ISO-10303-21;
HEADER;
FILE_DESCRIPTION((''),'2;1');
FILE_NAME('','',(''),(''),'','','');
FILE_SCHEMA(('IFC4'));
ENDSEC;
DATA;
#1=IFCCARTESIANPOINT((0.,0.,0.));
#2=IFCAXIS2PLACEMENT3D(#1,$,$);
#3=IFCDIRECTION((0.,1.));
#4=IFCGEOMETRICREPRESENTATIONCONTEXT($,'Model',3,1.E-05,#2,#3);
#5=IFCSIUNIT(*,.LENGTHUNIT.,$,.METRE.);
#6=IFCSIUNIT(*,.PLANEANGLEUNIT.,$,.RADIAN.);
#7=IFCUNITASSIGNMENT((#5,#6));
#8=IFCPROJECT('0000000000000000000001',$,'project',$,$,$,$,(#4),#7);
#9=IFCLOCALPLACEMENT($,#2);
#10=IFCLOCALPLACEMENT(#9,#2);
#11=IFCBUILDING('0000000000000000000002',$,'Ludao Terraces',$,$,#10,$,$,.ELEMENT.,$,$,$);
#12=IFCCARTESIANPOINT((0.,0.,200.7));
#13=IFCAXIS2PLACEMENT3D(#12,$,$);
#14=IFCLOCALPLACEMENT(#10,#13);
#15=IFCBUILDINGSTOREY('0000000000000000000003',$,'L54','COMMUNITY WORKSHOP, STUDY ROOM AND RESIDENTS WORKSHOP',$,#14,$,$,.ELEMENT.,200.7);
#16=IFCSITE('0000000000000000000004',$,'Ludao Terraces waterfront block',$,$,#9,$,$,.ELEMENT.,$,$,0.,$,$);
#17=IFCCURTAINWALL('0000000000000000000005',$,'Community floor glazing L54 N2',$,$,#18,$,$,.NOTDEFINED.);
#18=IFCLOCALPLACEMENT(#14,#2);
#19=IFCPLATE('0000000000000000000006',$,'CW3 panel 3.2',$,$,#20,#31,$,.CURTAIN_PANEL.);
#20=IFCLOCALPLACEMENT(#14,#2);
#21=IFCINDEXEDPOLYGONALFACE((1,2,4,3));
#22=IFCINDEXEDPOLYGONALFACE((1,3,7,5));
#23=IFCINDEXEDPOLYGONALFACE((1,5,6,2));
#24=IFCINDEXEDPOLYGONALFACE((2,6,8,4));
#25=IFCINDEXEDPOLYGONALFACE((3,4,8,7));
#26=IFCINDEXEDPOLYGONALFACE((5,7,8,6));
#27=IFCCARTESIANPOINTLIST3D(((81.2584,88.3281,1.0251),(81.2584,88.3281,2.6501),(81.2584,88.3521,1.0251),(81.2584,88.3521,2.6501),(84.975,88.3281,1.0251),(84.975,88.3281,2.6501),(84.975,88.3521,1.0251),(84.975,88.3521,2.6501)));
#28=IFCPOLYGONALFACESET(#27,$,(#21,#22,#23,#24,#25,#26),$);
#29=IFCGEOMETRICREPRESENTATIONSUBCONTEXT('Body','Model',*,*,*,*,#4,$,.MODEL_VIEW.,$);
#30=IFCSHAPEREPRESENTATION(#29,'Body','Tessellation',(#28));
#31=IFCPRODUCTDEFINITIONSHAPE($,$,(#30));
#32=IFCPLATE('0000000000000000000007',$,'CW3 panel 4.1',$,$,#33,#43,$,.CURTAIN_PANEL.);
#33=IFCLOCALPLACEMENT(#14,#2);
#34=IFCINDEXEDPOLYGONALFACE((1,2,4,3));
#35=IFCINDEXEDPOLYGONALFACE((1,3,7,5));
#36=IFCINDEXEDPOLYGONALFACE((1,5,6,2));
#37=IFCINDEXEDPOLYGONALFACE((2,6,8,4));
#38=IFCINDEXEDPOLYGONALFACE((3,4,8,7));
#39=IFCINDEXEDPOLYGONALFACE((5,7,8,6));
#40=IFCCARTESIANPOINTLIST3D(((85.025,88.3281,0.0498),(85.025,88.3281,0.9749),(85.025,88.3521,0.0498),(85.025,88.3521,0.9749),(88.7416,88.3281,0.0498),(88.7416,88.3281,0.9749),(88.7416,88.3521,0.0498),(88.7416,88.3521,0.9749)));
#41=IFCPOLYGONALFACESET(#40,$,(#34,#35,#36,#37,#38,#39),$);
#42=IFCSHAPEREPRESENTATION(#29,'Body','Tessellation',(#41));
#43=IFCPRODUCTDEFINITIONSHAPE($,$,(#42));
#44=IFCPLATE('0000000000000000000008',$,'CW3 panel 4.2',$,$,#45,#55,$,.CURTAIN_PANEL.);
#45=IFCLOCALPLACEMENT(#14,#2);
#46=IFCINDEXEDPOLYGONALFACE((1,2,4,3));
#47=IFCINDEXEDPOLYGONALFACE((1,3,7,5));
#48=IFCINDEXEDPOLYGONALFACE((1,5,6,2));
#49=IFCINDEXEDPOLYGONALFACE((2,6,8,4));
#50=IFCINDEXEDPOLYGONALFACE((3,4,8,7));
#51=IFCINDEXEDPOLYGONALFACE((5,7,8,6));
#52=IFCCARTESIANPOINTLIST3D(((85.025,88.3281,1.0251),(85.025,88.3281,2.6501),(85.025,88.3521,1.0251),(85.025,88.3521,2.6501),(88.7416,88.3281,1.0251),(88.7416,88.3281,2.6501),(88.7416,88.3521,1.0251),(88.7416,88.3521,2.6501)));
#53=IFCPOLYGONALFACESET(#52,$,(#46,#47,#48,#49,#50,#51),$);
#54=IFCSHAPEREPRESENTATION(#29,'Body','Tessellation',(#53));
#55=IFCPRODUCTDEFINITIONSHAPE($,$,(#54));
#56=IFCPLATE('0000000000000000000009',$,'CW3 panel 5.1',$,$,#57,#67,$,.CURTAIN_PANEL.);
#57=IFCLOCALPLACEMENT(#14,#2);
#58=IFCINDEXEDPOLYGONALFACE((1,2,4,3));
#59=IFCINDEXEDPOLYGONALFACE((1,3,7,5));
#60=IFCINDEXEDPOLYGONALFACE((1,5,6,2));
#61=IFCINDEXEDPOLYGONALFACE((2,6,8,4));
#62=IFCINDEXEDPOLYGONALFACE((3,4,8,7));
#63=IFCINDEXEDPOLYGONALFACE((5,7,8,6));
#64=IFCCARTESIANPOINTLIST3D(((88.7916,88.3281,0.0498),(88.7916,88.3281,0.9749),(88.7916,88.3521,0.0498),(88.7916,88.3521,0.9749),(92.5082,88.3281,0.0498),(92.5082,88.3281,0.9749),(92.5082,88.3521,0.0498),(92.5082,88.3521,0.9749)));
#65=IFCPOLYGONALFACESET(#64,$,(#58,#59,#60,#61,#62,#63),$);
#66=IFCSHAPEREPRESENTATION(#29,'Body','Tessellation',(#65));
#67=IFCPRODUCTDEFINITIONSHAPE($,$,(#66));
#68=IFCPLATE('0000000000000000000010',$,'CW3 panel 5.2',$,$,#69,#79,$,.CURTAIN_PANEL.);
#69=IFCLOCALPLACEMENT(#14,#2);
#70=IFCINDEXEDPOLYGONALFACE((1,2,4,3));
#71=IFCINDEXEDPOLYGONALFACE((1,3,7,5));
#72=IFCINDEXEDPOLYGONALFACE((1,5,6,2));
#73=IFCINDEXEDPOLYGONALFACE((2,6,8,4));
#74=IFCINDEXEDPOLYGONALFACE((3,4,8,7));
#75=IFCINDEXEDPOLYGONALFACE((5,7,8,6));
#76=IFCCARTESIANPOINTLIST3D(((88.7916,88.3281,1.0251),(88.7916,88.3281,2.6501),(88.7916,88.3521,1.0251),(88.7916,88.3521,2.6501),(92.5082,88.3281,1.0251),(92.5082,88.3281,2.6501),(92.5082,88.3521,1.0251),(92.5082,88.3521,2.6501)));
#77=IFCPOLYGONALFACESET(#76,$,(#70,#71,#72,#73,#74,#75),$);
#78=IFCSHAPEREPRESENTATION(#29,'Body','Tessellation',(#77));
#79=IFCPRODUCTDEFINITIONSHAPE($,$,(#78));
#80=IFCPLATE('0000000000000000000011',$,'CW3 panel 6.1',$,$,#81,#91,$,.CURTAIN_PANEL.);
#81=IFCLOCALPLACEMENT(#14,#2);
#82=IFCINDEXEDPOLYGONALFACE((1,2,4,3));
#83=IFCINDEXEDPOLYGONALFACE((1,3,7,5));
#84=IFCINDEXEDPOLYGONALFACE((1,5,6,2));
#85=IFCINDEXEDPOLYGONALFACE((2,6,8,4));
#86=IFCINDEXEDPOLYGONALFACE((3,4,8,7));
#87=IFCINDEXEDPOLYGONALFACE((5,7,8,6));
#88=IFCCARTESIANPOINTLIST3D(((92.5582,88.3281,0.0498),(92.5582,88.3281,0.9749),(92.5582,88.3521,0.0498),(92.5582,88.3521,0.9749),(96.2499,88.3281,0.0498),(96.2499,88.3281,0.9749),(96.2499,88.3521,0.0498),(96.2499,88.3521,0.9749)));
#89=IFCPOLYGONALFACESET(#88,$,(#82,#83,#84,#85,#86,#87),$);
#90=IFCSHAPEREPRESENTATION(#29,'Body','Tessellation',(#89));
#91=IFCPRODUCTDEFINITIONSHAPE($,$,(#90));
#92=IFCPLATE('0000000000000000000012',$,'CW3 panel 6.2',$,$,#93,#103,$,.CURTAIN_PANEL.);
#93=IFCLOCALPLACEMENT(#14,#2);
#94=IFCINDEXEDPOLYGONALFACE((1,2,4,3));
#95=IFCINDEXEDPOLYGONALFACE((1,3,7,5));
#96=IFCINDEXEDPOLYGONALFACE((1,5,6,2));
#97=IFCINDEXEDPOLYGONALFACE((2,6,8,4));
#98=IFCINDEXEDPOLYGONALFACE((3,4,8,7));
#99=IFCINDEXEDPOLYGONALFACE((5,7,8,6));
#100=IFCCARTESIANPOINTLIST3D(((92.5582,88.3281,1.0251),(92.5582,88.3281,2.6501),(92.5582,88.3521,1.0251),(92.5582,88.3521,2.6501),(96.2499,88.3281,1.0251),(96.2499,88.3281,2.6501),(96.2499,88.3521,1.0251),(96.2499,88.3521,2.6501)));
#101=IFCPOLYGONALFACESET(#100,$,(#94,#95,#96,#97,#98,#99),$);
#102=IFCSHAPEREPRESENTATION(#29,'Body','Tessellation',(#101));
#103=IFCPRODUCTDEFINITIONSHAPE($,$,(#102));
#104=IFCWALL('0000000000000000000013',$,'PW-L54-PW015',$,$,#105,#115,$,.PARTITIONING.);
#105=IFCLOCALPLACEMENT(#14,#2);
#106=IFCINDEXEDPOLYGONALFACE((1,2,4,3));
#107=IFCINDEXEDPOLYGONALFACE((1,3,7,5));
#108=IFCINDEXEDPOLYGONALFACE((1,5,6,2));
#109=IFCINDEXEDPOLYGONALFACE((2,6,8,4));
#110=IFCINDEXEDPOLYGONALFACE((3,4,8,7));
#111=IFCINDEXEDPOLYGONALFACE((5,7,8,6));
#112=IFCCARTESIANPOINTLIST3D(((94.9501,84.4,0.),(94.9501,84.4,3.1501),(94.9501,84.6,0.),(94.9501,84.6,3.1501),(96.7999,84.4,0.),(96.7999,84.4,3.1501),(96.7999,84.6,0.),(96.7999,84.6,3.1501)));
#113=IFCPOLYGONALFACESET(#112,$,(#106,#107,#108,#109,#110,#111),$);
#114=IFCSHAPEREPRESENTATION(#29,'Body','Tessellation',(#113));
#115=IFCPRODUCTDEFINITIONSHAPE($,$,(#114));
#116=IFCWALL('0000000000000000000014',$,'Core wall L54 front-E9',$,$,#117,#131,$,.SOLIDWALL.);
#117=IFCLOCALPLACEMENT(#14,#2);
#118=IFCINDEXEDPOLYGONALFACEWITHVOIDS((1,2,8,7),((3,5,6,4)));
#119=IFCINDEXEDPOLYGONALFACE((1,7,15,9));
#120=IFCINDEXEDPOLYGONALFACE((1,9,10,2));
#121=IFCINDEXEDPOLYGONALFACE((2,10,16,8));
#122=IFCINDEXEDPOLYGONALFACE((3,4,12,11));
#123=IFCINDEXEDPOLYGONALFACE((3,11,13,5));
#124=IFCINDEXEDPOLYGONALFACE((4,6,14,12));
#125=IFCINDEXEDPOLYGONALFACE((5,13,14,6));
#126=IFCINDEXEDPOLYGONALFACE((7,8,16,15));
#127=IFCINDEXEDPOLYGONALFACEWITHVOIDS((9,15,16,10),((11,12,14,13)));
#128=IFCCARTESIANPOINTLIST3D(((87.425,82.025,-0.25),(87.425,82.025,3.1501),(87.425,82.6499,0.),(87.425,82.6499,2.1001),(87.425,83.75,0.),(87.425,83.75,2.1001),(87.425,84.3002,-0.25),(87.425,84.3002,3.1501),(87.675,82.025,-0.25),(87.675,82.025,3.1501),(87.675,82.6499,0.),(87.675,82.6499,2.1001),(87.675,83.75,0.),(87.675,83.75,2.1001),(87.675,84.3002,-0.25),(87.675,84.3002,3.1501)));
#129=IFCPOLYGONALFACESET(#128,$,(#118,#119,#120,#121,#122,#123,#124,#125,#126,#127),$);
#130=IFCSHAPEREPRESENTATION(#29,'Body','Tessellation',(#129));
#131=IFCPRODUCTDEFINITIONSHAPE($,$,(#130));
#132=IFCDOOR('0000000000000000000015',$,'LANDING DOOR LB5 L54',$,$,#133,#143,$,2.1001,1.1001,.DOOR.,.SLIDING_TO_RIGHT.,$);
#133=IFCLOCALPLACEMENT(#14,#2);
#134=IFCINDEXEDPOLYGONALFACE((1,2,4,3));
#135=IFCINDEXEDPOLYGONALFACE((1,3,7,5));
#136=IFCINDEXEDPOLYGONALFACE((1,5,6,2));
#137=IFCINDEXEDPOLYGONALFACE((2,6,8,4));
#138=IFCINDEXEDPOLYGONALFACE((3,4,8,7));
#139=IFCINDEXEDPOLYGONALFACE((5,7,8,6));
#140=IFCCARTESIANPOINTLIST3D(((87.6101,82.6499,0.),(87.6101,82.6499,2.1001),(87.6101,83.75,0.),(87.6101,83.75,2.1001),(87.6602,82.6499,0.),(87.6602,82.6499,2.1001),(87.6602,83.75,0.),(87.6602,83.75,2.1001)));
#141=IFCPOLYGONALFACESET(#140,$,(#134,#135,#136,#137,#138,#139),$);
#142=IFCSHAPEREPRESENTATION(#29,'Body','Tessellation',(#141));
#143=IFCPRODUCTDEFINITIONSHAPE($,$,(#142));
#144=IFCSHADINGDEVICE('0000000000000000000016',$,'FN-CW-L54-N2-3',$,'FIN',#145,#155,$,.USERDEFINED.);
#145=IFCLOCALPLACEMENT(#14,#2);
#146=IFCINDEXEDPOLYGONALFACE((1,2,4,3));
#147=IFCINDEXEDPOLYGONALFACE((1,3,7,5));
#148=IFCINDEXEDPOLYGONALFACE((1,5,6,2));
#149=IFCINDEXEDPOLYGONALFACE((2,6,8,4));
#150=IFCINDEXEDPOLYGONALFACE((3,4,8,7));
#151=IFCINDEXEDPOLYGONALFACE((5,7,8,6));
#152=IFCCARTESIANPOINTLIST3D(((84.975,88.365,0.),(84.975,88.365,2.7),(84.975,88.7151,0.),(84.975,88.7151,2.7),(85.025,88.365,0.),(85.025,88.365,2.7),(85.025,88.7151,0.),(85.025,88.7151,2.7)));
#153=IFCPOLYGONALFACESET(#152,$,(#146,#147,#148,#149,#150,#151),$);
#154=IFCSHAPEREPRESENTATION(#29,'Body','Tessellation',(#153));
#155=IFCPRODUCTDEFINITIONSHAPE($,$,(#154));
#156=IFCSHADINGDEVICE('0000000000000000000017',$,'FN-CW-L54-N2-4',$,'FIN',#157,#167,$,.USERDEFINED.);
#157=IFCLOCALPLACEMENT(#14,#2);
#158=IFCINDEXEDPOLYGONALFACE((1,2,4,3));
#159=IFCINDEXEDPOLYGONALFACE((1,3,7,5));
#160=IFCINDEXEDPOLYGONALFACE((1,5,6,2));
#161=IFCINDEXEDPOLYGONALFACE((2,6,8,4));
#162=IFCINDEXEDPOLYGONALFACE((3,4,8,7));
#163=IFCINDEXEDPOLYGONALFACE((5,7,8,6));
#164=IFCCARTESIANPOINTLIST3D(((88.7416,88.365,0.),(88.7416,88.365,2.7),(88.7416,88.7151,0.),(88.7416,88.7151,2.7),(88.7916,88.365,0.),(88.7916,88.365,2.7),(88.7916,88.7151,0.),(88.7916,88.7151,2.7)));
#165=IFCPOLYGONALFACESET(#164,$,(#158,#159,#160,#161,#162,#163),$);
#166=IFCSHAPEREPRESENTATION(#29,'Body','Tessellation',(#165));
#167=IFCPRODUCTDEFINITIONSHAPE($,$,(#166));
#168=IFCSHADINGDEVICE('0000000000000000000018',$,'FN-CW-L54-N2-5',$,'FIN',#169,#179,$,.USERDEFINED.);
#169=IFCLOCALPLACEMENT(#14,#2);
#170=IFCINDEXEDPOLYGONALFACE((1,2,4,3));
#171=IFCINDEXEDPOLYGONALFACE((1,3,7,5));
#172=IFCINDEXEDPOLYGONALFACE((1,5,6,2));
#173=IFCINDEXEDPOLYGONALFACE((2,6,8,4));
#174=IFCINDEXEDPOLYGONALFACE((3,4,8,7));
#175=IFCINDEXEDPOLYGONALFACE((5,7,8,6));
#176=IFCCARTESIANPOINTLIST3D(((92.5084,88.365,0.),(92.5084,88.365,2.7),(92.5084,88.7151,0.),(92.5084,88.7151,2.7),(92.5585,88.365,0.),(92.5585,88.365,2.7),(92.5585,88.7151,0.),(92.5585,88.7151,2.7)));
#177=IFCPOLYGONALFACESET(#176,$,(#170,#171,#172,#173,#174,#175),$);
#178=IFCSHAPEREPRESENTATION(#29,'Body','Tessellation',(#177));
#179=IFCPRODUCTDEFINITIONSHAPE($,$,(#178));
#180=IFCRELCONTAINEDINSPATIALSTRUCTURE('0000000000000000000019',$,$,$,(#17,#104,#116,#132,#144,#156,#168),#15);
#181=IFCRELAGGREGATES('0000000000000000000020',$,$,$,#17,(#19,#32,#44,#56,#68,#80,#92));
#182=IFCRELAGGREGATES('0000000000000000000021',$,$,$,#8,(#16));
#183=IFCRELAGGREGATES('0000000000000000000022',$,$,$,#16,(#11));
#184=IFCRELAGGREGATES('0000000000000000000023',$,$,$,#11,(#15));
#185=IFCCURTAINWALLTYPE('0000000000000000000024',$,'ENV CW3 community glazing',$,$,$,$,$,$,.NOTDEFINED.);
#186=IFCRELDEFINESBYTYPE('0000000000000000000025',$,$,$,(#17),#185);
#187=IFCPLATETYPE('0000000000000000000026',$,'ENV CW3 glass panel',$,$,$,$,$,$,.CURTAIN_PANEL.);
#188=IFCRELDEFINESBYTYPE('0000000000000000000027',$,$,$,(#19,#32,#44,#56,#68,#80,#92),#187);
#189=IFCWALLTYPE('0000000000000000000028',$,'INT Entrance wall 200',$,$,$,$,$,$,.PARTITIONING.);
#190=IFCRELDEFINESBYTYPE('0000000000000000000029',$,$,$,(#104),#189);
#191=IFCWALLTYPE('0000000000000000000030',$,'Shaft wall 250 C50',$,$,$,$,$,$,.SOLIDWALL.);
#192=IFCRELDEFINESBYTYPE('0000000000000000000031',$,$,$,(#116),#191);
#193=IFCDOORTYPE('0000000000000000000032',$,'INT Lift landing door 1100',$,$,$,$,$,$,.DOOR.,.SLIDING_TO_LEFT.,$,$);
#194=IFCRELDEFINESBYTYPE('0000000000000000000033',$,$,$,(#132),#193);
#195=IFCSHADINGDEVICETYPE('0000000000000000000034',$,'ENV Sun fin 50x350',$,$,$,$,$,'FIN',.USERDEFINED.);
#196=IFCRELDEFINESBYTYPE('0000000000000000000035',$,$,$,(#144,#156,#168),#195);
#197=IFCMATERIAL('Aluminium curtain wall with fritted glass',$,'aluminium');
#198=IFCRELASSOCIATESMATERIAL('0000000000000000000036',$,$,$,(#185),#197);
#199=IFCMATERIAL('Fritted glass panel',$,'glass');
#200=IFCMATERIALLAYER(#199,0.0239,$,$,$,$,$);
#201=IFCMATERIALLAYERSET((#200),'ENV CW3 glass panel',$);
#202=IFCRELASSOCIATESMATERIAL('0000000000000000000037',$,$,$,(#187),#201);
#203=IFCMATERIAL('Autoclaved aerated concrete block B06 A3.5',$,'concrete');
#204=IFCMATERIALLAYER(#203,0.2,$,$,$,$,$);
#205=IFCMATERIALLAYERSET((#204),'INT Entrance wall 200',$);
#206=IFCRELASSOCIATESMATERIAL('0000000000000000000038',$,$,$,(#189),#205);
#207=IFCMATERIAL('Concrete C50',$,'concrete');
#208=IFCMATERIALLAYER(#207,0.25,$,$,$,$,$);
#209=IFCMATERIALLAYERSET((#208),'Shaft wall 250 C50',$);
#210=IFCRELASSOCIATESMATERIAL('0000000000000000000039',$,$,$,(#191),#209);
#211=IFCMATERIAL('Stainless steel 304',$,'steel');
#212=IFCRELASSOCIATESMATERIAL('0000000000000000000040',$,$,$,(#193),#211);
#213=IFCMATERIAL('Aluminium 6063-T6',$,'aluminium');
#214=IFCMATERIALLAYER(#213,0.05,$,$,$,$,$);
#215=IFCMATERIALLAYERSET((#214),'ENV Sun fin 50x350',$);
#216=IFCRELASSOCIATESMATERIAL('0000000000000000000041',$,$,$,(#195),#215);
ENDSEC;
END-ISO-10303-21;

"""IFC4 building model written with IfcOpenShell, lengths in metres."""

from ifc_helpers import new_model, si_unit, direction, frame, frame_2d, origin, origin_2d, place, context, subcontext, project, spatial, rectangle, extrude, material, layer, layer_set, type_object, element, fill, aggregate, save


model = new_model("IFC4")

# Units and contexts
model_context = context("Model", 3, precision=1e-05, world=origin(), true_north=direction((0.0, 1.0)))
body_context = subcontext(model_context, "Body", "Model", "MODEL_VIEW")
ifc_project = project(units=[si_unit("LENGTHUNIT", "METRE"), si_unit("PLANEANGLEUNIT", "RADIAN")], contexts=[model_context])

# Site, building, storey
site_placement = place(None, origin())
site = spatial("IfcSite", under=ifc_project, at=site_placement, Name="Ludao Terraces waterfront block", CompositionType="ELEMENT", RefElevation=0.0)
building_placement = place(site_placement, origin())
building = spatial("IfcBuilding", under=site, at=building_placement, Name="Ludao Terraces", CompositionType="ELEMENT")
storey_placement = place(building_placement, frame((0.0, 0.0, 200.7)))
storey = spatial("IfcBuildingStorey", under=building, at=storey_placement, Name="L54", Description="COMMUNITY WORKSHOP, STUDY ROOM AND RESIDENTS WORKSHOP", CompositionType="ELEMENT", Elevation=200.7)

# Curtain wall, plates
ifc_material_1 = material(Name="Aluminium curtain wall with fritted glass", Category="aluminium")
curtain_wall_type = type_object("IfcCurtainWallType", Name="ENV CW3 community glazing", PredefinedType="NOTDEFINED", material=ifc_material_1)
curtain_wall_placement = place(storey_placement, origin())
curtain_wall = element("IfcCurtainWall", 1, at=curtain_wall_placement, inside=storey, type_object=curtain_wall_type, Name="Community floor glazing L54 N2", PredefinedType="NOTDEFINED")
ifc_material_2 = material(Name="Aluminium 6063-T6", Category="aluminium")
ifc_material_3 = material(Name="Fritted glass panel", Category="glass")
ifc_layer_1 = layer(ifc_material_3, 0.0239)
ifc_layer_set_1 = layer_set([ifc_layer_1], Name="ENV CW3 glass panel")
plate_type = type_object("IfcPlateType", Name="ENV CW3 glass panel", PredefinedType="CURTAIN_PANEL", material=ifc_layer_set_1)
plate_1_placement = place(storey_placement, frame((83.1167, 88.3401, 1.0251), z_axis=(0.0, 0.0, 1.0), x_axis=(1.0, 0.0, 0.0)))
plate_1 = element("IfcPlate", 2, at=plate_1_placement, type_object=plate_type, Name="CW3 panel 3.2", PredefinedType="CURTAIN_PANEL", context=body_context, shape_type="SweptSolid", body=[
    extrude(rectangle(XDim=3.7166, YDim=0.0239, at=origin_2d()), origin(), (0.0, 0.0, 1.0), 1.625),
])
plate_2_placement = place(storey_placement, frame((86.8833, 88.3401, 0.0498), z_axis=(0.0, 0.0, 1.0), x_axis=(1.0, 0.0, 0.0)))
plate_2 = element("IfcPlate", 3, at=plate_2_placement, type_object=plate_type, Name="CW3 panel 4.1", PredefinedType="CURTAIN_PANEL", context=body_context, shape_type="SweptSolid", body=[
    extrude(rectangle(XDim=3.7166, YDim=0.0239, at=origin_2d()), origin(), (0.0, 0.0, 1.0), 0.925),
])
plate_3_placement = place(storey_placement, frame((86.8833, 88.3401, 1.0251), z_axis=(0.0, 0.0, 1.0), x_axis=(1.0, 0.0, 0.0)))
plate_3 = element("IfcPlate", 4, at=plate_3_placement, type_object=plate_type, Name="CW3 panel 4.2", PredefinedType="CURTAIN_PANEL", context=body_context, shape_type="SweptSolid", body=[
    extrude(rectangle(XDim=3.7166, YDim=0.0239, at=origin_2d()), origin(), (0.0, 0.0, 1.0), 1.625),
])
plate_4_placement = place(storey_placement, frame((90.6499, 88.3401, 0.0498), z_axis=(0.0, 0.0, 1.0), x_axis=(1.0, 0.0, 0.0)))
plate_4 = element("IfcPlate", 5, at=plate_4_placement, type_object=plate_type, Name="CW3 panel 5.1", PredefinedType="CURTAIN_PANEL", context=body_context, shape_type="SweptSolid", body=[
    extrude(rectangle(XDim=3.7166, YDim=0.0239, at=origin_2d()), origin(), (0.0, 0.0, 1.0), 0.925),
])
plate_5_placement = place(storey_placement, frame((90.6499, 88.3401, 1.0251), z_axis=(0.0, 0.0, 1.0), x_axis=(1.0, 0.0, 0.0)))
plate_5 = element("IfcPlate", 6, at=plate_5_placement, type_object=plate_type, Name="CW3 panel 5.2", PredefinedType="CURTAIN_PANEL", context=body_context, shape_type="SweptSolid", body=[
    extrude(rectangle(XDim=3.7166, YDim=0.0239, at=origin_2d()), origin(), (0.0, 0.0, 1.0), 1.625),
])
plate_6_placement = place(storey_placement, frame((94.4041, 88.3401, 0.0498), z_axis=(0.0, 0.0, 1.0), x_axis=(1.0, 0.0, 0.0)))
plate_6 = element("IfcPlate", 7, at=plate_6_placement, type_object=plate_type, Name="CW3 panel 6.1", PredefinedType="CURTAIN_PANEL", context=body_context, shape_type="SweptSolid", body=[
    extrude(rectangle(XDim=3.6917, YDim=0.0239, at=origin_2d()), origin(), (0.0, 0.0, 1.0), 0.925),
])
plate_7_placement = place(storey_placement, frame((94.4041, 88.3401, 1.0251), z_axis=(0.0, 0.0, 1.0), x_axis=(1.0, 0.0, 0.0)))
plate_7 = element("IfcPlate", 8, at=plate_7_placement, type_object=plate_type, Name="CW3 panel 6.2", PredefinedType="CURTAIN_PANEL", context=body_context, shape_type="SweptSolid", body=[
    extrude(rectangle(XDim=3.6917, YDim=0.0239, at=origin_2d()), origin(), (0.0, 0.0, 1.0), 1.625),
])
aggregate(curtain_wall, [plate_1, plate_2, plate_3, plate_4, plate_5, plate_6, plate_7])

# Wall
ifc_material_4 = material(Name="Autoclaved aerated concrete block B06 A3.5", Category="concrete")
ifc_layer_2 = layer(ifc_material_4, 0.2)
ifc_layer_set_2 = layer_set([ifc_layer_2], Name="INT Entrance wall 200")
wall_type_1 = type_object("IfcWallType", Name="INT Entrance wall 200", PredefinedType="PARTITIONING", material=ifc_layer_set_2)
wall_1_placement = place(storey_placement, frame((94.9502, 84.5, 0.0), z_axis=(0.0, 0.0, 1.0), x_axis=(1.0, 0.0, 0.0)))
element("IfcWall", 9, at=wall_1_placement, inside=storey, type_object=wall_type_1, Name="PW-L54-PW015", PredefinedType="PARTITIONING", context=body_context, shape_type="SweptSolid", body=[
    extrude(rectangle(XDim=1.8499, YDim=0.2, at=frame_2d((0.9248, 0.0))), origin(), (0.0, 0.0, 1.0), 3.1501),
])

# Wall, opening, door
ifc_material_5 = material(Name="Concrete C50", Category="concrete")
ifc_layer_3 = layer(ifc_material_5, 0.25)
ifc_layer_set_3 = layer_set([ifc_layer_3], Name="Shaft wall 250 C50")
wall_type_2 = type_object("IfcWallType", Name="Shaft wall 250 C50", PredefinedType="SOLIDWALL", material=ifc_layer_set_3)
wall_2_placement = place(storey_placement, frame((87.55, 82.0249, -0.25), z_axis=(0.0, 0.0, 1.0), x_axis=(0.0, 1.0, 0.0)))
wall_2 = element("IfcWall", 10, at=wall_2_placement, inside=storey, type_object=wall_type_2, Name="Core wall L54 front-E9", PredefinedType="SOLIDWALL", context=body_context, shape_type="SweptSolid", body=[
    extrude(rectangle(XDim=2.2751, YDim=0.25, at=frame_2d((1.1377, 0.0))), origin(), (0.0, 0.0, 1.0), 3.4001),
])
opening_placement = place(wall_2_placement, frame((0.625, 0.0, 0.25)))
opening = element("IfcOpeningElement", 11, at=opening_placement, cuts=wall_2, PredefinedType="OPENING", context=body_context, shape_type="SweptSolid", body=[
    extrude(rectangle(XDim=1.1001, YDim=2.1001, at=frame_2d((0.55, 1.05))), frame((0.0, 0.135, 0.0), z_axis=(0.0, -1.0, 0.0), x_axis=(1.0, 0.0, 0.0)), (0.0, 0.0, 1.0), 0.27),
])
ifc_material_6 = material(Name="Stainless steel 304", Category="steel")
door_type = type_object("IfcDoorType", Name="INT Lift landing door 1100", OperationType="SLIDING_TO_LEFT", PredefinedType="DOOR", material=ifc_material_6)
door_placement = place(opening_placement, origin())
door = element("IfcDoor", 12, at=door_placement, inside=storey, type_object=door_type, Name="LANDING DOOR LB5 L54", OperationType="SLIDING_TO_RIGHT", OverallHeight=2.1001, OverallWidth=1.1001, PredefinedType="DOOR", context=body_context, shape_type="SweptSolid", body=[
    extrude(rectangle(XDim=1.1001, YDim=2.1001, at=frame_2d((0.55, 1.05))), frame((0.0, -0.0601, 0.0), z_axis=(0.0, -1.0, 0.0), x_axis=(1.0, 0.0, 0.0)), (0.0, 0.0, 1.0), 0.05),
])
fill(opening, door)

# Shading devices
ifc_layer_4 = layer(ifc_material_2, 0.05)
ifc_layer_set_4 = layer_set([ifc_layer_4], Name="ENV Sun fin 50x350")
shading_device_type = type_object("IfcShadingDeviceType", Name="ENV Sun fin 50x350", ElementType="FIN", PredefinedType="USERDEFINED", material=ifc_layer_set_4)
for number, where, z_axis, x_axis, name in (
    (13, (85.0, 88.54, 0.0), (0.0, 0.0, 1.0), (1.0, 0.0, 0.0), "FN-CW-L54-N2-3"),
    (14, (88.7666, 88.54, 0.0), (0.0, 0.0, 1.0), (1.0, 0.0, 0.0), "FN-CW-L54-N2-4"),
    (15, (92.5334, 88.54, 0.0), (0.0, 0.0, 1.0), (1.0, 0.0, 0.0), "FN-CW-L54-N2-5"),
):
    element("IfcShadingDevice", number, at=place(storey_placement, frame(where, z_axis=z_axis, x_axis=x_axis)), inside=storey, type_object=shading_device_type, Name=name, ObjectType="FIN", PredefinedType="USERDEFINED", context=body_context, shape_type="SweptSolid", body=[
        extrude(rectangle(XDim=0.05, YDim=0.3501, at=origin_2d()), origin(), (0.0, 0.0, 1.0), 2.7),
    ])

save(model, "model.ifc")
